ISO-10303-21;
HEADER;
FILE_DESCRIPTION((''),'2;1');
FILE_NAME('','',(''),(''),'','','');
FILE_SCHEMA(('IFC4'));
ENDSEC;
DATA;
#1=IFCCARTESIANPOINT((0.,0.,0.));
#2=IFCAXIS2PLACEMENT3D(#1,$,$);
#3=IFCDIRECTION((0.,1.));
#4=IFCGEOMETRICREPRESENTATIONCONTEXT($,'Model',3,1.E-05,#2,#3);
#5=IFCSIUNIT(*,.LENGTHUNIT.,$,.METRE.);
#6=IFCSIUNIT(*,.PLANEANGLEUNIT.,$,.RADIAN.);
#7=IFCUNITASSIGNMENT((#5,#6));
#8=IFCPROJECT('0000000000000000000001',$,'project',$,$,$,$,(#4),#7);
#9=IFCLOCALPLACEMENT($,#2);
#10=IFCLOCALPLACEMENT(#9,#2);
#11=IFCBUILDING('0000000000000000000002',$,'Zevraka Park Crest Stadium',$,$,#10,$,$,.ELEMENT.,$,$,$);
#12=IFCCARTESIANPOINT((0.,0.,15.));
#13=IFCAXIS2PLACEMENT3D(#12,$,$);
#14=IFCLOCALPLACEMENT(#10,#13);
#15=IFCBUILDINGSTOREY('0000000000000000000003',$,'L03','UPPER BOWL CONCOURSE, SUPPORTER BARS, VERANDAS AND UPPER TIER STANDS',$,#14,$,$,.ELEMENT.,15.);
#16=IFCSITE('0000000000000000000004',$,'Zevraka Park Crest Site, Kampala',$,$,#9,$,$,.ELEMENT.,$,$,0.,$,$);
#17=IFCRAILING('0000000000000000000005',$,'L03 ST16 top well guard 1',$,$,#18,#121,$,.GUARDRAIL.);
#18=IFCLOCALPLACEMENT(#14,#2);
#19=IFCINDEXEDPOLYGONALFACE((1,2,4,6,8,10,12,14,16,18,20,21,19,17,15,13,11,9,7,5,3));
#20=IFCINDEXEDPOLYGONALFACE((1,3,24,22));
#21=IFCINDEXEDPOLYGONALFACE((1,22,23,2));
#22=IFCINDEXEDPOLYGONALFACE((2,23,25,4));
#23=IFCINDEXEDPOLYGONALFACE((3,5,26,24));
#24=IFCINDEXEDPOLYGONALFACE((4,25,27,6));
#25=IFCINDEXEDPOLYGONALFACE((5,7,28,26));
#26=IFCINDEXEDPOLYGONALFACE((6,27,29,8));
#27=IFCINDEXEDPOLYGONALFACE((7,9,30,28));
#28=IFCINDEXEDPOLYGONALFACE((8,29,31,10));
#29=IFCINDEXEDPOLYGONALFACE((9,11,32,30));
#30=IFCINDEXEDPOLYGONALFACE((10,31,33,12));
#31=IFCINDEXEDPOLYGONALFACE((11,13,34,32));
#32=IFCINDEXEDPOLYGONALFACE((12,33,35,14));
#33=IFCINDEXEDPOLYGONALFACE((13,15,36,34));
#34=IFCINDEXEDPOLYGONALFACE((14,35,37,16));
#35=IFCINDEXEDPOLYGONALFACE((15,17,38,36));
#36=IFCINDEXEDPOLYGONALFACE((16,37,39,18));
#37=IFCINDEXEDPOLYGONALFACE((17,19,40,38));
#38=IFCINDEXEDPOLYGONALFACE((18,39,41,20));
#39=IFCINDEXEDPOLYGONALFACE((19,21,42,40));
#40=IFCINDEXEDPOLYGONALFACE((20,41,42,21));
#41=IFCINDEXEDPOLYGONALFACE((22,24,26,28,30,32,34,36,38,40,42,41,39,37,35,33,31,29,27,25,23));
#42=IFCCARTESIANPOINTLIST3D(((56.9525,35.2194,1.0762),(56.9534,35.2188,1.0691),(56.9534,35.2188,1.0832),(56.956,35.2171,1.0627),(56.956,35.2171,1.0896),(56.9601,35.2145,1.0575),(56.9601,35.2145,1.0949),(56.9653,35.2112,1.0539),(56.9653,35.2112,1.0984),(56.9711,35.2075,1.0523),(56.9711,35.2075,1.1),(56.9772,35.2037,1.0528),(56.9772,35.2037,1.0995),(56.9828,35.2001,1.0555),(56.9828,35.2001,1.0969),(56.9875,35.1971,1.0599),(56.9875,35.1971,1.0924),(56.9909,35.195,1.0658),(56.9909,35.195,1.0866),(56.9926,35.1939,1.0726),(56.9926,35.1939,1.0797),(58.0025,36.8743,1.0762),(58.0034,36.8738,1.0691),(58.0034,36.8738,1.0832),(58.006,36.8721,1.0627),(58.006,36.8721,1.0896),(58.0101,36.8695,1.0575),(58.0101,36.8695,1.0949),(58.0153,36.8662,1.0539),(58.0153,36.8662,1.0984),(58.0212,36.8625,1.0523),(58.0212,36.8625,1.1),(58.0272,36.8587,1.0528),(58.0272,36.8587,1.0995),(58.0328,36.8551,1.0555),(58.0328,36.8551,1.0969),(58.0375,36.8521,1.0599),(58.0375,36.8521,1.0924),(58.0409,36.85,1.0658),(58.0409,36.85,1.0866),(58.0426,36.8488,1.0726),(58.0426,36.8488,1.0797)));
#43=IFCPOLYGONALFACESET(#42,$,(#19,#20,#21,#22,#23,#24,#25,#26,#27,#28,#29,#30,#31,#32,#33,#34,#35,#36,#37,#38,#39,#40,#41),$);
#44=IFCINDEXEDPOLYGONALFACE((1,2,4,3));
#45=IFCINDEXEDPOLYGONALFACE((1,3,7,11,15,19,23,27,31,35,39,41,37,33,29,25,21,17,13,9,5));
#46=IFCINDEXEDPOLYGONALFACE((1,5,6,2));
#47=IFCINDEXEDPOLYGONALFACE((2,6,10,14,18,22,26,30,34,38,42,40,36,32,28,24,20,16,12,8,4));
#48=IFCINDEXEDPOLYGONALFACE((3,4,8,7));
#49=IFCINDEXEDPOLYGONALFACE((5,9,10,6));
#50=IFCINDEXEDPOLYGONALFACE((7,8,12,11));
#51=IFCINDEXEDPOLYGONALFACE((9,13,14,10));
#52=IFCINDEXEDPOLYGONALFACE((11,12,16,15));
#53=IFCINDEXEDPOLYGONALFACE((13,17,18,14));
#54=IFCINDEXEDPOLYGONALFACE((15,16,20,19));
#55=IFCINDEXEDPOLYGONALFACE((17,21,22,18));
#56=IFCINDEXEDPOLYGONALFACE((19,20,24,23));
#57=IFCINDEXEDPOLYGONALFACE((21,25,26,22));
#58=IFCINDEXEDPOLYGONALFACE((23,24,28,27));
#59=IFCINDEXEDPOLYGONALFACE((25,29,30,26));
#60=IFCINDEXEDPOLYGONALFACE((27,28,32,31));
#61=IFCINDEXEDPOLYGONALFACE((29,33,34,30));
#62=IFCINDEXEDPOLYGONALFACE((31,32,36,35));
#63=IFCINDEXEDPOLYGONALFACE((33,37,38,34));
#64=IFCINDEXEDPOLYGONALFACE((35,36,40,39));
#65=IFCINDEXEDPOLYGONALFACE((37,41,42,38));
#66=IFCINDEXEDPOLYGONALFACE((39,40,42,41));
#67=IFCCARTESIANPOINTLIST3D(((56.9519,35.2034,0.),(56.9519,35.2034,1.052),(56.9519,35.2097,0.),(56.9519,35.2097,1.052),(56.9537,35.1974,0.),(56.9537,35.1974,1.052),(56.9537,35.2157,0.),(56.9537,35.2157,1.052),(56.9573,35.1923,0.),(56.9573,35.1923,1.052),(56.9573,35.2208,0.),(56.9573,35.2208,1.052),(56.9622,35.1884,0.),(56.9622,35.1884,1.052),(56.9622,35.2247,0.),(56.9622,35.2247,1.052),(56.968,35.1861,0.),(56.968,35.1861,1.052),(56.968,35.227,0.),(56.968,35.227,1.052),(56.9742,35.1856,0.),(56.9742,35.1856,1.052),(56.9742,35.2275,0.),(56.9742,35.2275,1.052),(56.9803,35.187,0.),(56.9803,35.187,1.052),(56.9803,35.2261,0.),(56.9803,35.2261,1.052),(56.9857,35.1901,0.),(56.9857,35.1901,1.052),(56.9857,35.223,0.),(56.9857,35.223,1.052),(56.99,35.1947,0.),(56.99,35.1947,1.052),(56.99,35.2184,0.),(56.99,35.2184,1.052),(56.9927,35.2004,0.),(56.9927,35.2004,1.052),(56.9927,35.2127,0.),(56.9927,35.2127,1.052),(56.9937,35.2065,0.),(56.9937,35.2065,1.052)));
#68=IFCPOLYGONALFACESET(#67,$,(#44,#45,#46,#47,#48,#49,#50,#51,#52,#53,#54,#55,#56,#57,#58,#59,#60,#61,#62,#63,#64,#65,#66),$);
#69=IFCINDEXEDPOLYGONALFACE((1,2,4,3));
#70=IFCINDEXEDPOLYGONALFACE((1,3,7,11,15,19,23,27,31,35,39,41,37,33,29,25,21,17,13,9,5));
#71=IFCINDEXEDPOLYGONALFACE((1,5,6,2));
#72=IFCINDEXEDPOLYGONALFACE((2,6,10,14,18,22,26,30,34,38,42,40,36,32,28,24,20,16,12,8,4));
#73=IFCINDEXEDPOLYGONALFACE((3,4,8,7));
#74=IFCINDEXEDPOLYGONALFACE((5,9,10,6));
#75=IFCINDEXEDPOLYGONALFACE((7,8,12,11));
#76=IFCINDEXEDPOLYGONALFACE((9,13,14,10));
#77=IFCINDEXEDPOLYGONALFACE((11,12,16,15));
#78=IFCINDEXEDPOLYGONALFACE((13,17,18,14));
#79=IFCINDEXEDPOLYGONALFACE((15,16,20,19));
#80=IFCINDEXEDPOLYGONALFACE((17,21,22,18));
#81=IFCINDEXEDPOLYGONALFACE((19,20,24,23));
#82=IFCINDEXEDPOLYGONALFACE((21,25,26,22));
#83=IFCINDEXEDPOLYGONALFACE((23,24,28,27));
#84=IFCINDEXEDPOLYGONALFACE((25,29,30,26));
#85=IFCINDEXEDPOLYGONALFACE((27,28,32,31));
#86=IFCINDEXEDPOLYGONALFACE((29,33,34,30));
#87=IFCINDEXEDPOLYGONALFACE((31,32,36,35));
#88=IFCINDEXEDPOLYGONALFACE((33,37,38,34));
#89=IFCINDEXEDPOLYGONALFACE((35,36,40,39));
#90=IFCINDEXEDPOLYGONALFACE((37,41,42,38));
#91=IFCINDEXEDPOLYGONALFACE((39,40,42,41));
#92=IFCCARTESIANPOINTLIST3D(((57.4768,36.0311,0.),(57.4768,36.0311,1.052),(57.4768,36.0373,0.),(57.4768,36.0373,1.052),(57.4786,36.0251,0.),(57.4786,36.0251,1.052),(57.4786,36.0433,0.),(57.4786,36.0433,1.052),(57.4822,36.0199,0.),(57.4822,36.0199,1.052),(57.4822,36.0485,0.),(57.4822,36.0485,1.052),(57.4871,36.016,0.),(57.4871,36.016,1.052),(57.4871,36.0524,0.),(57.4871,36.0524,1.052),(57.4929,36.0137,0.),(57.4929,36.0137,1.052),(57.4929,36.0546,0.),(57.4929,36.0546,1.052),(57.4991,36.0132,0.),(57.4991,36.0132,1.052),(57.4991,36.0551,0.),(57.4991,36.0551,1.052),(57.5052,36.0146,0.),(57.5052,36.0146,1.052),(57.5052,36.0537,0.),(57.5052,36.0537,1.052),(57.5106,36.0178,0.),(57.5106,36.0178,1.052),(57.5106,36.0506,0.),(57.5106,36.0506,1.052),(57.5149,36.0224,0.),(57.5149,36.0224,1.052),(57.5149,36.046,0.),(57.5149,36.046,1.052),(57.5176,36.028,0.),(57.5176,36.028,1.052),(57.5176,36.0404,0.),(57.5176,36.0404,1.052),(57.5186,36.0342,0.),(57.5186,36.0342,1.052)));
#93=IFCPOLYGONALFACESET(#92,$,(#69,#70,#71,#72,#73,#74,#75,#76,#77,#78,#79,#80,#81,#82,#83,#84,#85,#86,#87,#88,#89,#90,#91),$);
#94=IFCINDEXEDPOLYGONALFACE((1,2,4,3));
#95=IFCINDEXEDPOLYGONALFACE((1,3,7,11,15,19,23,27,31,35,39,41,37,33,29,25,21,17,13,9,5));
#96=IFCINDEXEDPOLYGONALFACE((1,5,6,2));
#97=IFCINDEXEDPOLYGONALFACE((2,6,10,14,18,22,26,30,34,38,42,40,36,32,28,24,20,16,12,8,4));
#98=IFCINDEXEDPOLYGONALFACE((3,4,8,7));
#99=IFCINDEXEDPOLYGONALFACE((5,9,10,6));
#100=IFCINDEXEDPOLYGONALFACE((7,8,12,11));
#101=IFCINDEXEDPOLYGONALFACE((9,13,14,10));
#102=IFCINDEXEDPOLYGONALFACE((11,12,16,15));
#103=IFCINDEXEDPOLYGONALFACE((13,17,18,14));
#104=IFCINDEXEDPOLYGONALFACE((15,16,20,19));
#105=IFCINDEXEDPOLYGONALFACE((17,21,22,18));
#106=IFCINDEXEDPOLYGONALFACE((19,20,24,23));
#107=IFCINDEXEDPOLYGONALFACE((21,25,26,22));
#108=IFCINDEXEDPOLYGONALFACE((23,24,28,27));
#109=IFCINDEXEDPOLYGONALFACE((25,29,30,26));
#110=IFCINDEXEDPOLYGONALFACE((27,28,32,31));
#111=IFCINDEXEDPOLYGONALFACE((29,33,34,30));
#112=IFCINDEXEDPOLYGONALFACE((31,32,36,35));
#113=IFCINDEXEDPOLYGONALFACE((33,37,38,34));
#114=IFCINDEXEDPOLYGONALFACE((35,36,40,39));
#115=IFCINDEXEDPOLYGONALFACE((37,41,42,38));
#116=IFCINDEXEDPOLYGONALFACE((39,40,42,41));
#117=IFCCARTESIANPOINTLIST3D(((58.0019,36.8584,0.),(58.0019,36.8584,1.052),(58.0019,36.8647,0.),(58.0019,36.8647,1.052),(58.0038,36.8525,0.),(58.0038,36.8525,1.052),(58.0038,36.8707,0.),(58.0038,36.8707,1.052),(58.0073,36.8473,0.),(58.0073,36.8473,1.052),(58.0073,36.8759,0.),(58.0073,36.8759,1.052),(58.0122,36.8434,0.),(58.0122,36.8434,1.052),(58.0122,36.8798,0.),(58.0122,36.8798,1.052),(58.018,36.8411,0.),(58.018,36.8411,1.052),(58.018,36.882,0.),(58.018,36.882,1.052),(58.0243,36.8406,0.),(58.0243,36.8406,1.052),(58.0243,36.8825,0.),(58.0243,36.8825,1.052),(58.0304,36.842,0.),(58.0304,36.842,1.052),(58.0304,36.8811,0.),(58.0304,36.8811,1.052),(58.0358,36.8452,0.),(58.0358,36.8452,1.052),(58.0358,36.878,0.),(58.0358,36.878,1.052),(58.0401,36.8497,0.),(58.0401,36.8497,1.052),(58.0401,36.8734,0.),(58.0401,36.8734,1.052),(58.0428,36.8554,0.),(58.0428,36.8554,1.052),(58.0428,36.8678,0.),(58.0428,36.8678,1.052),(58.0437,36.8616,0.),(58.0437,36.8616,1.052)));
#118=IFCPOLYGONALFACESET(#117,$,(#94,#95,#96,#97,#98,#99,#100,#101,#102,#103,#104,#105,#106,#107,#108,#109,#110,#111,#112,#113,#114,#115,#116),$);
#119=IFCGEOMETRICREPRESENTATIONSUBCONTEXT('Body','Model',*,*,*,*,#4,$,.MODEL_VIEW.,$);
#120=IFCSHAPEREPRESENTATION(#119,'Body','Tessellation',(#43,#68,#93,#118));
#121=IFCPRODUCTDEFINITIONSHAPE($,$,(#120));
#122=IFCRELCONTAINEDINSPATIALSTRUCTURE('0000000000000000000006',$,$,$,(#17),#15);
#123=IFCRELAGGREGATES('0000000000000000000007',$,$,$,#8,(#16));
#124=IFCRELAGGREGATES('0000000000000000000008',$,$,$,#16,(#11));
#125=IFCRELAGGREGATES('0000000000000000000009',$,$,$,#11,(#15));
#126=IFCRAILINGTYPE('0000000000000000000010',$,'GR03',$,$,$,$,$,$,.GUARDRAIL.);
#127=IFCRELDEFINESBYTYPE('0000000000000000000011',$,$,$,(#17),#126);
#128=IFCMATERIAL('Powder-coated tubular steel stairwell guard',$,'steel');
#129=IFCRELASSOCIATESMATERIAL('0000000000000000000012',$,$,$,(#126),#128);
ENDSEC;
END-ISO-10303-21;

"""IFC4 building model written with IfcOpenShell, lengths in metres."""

from ifc_helpers import new_model, si_unit, direction, frame, origin, origin_2d, place, context, subcontext, project, spatial, circle, extrude, material, type_object, element, save


model = new_model("IFC4")

# Units and contexts
model_context = context("Model", 3, precision=1e-05, world=origin(), true_north=direction((0.0, 1.0)))
body_context = subcontext(model_context, "Body", "Model", "MODEL_VIEW")
ifc_project = project(units=[si_unit("LENGTHUNIT", "METRE"), si_unit("PLANEANGLEUNIT", "RADIAN")], contexts=[model_context])

# Site, building, storey
site_placement = place(None, origin())
site = spatial("IfcSite", under=ifc_project, at=site_placement, Name="Zevraka Park Crest Site, Kampala", CompositionType="ELEMENT", RefElevation=0.0)
building_placement = place(site_placement, origin())
building = spatial("IfcBuilding", under=site, at=building_placement, Name="Zevraka Park Crest Stadium", CompositionType="ELEMENT")
storey_placement = place(building_placement, frame((0.0, 0.0, 15.0)))
storey = spatial("IfcBuildingStorey", under=building, at=storey_placement, Name="L03", Description="UPPER BOWL CONCOURSE, SUPPORTER BARS, VERANDAS AND UPPER TIER STANDS", CompositionType="ELEMENT", Elevation=15.0)

# Railing
ifc_material_1 = material(Name="Powder-coated tubular steel stairwell guard", Category="steel")
railing_type_1 = type_object("IfcRailingType", Name="GR03", PredefinedType="GUARDRAIL", material=ifc_material_1)
railing_1_placement = place(storey_placement, frame((56.9727, 35.2065, 0.0)))
element("IfcRailing", 1, at=railing_1_placement, inside=storey, type_object=railing_type_1, Name="L03 ST16 top well guard 1", PredefinedType="GUARDRAIL", context=body_context, shape_type="SweptSolid", body=[
    extrude(circle(Radius=0.0239, at=origin_2d()), frame((0.0, 0.0, 1.0762), z_axis=(0.535731, 0.844389, 0.0), x_axis=(-0.844389, 0.535731, 0.0)), (0.0, 0.0, 1.0), 1.96),
    extrude(circle(Radius=0.021, at=origin_2d()), origin(), (0.0, 0.0, 1.0), 1.052),
    extrude(circle(Radius=0.021, at=origin_2d()), frame((0.5249, 0.8276, 0.0)), (0.0, 0.0, 1.0), 1.052),
    extrude(circle(Radius=0.021, at=origin_2d()), frame((1.05, 1.655, 0.0)), (0.0, 0.0, 1.0), 1.052),
])

save(model, "model.ifc")
